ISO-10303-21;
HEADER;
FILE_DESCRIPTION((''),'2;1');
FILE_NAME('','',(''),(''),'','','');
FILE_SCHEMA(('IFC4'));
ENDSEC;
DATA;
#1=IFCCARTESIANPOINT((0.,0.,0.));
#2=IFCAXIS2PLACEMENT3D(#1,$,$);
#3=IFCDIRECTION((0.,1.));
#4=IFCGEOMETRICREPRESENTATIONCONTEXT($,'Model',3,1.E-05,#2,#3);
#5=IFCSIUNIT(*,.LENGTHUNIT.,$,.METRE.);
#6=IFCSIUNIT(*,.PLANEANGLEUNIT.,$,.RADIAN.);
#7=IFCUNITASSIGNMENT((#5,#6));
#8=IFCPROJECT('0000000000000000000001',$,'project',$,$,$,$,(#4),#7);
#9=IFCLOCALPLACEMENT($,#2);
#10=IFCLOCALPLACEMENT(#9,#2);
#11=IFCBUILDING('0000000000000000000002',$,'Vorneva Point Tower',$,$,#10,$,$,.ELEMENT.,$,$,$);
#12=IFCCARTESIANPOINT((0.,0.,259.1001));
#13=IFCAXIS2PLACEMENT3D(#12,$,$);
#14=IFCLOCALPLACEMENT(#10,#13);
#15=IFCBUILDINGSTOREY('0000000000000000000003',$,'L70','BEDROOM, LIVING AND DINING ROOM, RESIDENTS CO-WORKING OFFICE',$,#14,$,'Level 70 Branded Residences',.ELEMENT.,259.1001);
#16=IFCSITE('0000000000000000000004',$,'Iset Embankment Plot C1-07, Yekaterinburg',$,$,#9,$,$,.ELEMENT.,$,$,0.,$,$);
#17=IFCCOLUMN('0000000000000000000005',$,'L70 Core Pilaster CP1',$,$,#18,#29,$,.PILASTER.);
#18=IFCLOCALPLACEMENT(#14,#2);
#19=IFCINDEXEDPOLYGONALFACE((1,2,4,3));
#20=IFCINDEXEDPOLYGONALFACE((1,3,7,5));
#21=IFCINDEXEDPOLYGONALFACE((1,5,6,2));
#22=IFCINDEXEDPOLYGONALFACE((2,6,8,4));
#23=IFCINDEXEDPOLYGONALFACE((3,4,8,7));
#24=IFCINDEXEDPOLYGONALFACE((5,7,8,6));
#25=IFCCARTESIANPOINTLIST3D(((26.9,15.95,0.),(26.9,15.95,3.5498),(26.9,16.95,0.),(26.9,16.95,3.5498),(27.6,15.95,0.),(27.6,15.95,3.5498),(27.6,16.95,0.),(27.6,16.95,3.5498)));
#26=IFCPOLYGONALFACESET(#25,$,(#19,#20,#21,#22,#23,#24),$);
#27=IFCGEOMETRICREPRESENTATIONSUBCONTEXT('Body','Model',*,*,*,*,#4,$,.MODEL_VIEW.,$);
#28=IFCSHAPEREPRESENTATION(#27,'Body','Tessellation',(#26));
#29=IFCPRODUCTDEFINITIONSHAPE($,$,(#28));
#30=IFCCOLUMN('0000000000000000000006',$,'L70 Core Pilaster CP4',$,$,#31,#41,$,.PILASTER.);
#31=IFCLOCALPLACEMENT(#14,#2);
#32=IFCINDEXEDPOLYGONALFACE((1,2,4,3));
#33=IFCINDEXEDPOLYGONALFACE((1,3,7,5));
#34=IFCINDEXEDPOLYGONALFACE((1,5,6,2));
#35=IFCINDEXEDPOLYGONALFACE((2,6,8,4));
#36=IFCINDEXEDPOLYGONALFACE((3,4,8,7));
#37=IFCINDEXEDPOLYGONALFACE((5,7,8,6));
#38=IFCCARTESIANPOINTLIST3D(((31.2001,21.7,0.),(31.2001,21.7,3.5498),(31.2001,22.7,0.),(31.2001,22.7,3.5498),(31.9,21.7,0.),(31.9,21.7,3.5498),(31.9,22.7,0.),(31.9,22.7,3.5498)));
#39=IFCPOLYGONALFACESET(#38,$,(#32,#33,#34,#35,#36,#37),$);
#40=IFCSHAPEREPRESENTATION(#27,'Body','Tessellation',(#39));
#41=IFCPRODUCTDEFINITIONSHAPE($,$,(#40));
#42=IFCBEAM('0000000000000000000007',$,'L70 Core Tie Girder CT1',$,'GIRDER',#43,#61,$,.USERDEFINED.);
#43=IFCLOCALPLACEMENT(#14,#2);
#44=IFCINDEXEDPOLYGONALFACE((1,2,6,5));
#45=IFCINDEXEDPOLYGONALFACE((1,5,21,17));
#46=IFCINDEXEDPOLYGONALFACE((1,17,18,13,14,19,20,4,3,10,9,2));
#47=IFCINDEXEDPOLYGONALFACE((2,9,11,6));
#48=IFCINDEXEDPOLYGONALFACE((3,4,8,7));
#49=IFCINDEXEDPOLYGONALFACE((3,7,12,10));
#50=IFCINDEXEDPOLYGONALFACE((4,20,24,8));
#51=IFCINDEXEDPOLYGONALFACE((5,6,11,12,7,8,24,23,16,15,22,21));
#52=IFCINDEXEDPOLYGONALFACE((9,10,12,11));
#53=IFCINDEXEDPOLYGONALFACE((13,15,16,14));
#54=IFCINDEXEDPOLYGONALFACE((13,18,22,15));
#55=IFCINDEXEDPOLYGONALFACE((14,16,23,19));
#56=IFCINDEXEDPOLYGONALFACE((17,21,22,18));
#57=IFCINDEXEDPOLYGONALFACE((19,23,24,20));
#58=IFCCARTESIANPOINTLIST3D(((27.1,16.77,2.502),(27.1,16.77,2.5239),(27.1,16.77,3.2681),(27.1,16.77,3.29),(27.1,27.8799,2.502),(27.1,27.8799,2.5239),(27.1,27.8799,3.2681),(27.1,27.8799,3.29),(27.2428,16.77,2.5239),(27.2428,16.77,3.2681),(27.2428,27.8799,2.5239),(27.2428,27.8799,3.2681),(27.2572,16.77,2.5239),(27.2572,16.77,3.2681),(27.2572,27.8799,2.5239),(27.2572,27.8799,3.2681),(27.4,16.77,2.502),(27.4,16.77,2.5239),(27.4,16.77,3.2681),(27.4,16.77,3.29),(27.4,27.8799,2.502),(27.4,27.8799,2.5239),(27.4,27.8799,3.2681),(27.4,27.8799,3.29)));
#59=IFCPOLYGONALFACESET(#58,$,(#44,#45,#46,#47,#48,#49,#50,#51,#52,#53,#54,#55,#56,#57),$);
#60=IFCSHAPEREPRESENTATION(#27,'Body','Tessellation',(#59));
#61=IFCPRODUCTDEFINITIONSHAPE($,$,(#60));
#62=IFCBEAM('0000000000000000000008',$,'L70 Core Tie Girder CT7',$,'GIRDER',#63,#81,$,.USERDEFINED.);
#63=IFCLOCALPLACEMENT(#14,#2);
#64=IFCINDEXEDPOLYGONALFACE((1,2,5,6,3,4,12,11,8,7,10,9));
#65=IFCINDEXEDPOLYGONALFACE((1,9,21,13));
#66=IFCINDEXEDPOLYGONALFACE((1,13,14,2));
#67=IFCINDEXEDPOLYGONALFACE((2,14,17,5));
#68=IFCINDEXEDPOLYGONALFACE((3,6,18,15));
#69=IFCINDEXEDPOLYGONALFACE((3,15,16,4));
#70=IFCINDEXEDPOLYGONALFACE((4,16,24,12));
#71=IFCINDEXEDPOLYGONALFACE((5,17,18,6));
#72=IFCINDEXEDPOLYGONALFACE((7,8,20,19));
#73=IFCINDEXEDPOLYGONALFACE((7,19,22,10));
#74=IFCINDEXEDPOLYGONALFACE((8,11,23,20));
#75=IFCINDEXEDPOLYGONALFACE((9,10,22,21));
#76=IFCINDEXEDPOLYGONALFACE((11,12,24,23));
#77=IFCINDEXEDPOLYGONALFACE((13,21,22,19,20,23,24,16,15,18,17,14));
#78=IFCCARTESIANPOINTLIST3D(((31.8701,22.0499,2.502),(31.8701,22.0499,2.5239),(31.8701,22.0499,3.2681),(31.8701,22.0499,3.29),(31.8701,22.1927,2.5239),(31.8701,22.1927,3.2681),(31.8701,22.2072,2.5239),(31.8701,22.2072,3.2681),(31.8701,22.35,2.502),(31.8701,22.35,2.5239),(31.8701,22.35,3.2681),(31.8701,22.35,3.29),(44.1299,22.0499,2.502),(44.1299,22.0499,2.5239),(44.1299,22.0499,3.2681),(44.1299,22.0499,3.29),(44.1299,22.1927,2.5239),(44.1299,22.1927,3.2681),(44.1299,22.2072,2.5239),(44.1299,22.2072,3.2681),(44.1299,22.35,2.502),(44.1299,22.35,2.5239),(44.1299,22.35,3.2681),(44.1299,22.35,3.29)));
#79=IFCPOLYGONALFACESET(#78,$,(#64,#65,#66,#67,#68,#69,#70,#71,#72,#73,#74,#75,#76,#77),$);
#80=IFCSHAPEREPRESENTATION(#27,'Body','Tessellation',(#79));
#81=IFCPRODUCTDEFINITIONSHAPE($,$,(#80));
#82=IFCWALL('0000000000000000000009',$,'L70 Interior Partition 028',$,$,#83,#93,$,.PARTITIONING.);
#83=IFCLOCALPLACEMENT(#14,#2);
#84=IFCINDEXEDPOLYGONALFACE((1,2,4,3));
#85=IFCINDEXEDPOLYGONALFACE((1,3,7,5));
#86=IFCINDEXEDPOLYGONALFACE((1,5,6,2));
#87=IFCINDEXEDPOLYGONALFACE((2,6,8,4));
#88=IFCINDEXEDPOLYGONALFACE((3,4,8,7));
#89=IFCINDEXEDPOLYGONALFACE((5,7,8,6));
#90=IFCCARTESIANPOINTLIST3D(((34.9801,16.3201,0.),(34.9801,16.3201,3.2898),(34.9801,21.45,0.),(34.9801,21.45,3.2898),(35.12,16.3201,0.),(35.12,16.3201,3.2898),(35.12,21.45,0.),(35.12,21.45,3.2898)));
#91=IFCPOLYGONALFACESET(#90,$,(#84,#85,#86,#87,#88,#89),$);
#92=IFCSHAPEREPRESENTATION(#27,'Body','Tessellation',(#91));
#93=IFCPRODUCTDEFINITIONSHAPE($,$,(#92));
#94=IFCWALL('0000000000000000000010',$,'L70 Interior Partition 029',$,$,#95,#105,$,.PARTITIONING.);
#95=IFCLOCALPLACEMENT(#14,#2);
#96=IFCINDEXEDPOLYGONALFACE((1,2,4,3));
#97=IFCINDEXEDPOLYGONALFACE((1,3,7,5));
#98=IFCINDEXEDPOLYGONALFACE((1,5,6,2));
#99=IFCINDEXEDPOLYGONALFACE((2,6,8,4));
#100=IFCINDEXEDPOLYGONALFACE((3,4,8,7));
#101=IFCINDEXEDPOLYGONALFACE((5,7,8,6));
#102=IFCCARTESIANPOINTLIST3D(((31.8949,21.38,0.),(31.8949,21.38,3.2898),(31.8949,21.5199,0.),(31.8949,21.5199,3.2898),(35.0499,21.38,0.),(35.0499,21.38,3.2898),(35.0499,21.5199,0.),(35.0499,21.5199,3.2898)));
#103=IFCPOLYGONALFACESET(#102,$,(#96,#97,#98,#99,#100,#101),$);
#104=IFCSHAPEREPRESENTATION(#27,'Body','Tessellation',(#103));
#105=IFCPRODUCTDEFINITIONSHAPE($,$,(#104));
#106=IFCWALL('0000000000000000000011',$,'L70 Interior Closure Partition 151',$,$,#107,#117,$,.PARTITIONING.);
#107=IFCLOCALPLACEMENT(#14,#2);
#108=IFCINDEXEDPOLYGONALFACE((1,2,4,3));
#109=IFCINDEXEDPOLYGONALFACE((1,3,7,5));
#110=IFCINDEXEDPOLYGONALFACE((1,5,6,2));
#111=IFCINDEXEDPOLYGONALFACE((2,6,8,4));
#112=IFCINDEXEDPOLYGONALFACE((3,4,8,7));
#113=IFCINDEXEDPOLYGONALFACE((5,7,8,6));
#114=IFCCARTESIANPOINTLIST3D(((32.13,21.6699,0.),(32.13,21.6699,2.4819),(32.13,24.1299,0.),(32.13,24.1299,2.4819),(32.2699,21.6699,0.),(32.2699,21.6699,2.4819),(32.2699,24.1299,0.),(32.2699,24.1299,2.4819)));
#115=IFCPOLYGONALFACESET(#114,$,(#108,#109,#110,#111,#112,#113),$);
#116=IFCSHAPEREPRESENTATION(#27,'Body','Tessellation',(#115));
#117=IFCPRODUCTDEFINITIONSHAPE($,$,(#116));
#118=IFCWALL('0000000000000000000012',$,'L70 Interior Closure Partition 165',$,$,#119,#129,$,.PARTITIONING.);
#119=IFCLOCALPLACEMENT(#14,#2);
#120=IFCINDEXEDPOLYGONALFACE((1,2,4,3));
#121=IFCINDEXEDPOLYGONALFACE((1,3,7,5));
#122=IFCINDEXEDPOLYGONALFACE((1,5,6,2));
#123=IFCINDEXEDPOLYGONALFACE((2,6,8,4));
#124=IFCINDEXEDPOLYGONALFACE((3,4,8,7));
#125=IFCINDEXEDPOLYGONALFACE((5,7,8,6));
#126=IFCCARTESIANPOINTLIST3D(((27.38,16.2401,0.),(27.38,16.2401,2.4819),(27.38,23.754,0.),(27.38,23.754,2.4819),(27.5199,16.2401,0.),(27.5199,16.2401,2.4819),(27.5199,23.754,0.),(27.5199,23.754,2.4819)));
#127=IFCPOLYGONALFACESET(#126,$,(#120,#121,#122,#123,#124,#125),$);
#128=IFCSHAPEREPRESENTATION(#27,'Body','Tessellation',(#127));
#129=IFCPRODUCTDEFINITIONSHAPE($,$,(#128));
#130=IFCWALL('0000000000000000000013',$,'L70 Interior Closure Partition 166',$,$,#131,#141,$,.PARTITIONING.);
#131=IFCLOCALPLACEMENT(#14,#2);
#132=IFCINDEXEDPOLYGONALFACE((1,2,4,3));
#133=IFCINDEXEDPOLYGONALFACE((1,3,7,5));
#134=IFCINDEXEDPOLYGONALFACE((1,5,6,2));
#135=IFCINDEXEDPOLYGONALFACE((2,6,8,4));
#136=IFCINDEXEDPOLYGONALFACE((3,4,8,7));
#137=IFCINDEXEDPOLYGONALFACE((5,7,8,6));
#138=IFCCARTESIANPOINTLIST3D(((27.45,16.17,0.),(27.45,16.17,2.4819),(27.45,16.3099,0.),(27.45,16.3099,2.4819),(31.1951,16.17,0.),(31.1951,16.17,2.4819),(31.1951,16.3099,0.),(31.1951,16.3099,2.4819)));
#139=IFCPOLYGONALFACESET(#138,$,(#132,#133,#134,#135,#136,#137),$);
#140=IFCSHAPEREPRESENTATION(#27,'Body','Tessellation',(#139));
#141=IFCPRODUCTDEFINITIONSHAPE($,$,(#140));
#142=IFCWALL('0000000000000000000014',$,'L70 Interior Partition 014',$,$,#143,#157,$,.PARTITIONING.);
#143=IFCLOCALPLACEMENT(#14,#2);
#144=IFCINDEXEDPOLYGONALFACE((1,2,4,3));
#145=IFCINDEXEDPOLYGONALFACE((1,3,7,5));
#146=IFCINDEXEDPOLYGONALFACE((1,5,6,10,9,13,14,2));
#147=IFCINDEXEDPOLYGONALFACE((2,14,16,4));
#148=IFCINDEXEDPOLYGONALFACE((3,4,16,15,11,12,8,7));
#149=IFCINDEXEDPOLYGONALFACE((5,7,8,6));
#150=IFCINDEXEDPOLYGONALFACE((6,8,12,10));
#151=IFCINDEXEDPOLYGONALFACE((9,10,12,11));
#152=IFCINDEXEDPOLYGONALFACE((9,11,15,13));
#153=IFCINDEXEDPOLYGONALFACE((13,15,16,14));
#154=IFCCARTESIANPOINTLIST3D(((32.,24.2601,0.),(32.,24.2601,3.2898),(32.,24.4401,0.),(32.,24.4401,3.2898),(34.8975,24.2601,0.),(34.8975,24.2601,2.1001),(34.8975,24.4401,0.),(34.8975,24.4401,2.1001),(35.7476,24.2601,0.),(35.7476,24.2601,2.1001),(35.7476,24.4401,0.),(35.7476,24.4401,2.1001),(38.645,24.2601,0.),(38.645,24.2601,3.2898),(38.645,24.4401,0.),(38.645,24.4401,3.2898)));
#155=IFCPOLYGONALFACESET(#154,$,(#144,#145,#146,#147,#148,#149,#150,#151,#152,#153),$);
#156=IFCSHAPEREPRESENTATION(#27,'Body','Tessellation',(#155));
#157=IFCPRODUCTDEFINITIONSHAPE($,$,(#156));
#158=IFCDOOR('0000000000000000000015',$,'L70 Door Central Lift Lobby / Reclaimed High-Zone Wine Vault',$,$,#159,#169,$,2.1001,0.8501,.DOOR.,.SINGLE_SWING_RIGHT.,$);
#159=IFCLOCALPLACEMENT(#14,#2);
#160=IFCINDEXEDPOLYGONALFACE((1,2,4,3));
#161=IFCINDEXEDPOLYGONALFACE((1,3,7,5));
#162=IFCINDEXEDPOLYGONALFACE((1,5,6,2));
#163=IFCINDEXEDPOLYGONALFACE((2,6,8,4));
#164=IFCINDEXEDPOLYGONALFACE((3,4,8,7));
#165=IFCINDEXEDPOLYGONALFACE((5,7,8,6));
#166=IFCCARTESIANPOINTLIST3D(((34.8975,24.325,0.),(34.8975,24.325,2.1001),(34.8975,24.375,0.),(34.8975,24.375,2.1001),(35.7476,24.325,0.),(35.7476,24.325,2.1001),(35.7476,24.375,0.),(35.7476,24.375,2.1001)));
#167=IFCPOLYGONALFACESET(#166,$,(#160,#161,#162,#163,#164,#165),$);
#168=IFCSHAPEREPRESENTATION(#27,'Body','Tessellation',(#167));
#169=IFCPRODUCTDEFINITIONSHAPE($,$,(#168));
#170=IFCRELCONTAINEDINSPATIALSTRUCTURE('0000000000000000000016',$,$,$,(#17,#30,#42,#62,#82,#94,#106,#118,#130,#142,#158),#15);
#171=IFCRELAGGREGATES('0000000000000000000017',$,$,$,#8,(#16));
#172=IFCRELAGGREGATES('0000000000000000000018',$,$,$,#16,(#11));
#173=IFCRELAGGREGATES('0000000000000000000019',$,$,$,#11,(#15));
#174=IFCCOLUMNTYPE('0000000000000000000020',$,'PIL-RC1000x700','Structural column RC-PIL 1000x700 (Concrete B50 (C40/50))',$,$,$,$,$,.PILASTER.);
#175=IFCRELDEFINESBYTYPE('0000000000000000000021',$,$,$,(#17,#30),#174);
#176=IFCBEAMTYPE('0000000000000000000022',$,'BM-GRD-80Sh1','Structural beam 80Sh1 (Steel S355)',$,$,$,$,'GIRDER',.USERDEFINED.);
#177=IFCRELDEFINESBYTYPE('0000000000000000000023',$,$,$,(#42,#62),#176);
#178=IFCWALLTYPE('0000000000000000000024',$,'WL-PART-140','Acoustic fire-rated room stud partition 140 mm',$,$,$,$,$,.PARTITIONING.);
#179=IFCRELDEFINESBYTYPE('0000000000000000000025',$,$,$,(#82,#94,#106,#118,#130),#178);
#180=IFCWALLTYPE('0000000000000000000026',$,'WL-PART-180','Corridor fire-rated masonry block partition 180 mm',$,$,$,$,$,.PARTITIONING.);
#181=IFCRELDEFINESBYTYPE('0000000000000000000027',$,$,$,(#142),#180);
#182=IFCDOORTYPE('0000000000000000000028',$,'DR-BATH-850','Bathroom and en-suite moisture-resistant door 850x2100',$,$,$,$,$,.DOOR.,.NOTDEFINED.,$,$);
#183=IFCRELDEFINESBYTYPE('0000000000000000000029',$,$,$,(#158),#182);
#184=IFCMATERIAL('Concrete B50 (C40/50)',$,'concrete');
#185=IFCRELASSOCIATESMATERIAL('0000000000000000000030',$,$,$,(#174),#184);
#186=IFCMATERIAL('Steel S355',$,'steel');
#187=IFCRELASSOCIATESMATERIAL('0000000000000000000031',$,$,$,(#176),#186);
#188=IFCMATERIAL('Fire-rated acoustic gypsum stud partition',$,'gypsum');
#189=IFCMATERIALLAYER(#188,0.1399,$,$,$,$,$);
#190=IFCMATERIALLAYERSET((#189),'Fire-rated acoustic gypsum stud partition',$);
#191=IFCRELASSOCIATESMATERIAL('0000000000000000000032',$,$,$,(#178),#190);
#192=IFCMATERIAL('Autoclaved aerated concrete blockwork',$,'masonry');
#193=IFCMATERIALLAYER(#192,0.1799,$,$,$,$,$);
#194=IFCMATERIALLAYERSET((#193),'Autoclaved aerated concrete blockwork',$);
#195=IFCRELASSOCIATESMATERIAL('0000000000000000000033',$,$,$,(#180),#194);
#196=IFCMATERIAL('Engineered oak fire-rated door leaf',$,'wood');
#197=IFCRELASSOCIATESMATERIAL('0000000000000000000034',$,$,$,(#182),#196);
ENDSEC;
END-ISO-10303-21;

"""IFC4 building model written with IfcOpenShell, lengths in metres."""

from ifc_helpers import new_model, si_unit, direction, frame, frame_2d, origin, origin_2d, place, context, subcontext, project, spatial, rectangle, i_section, extrude, material, layer, layer_set, material_profile, profile_set, type_object, element, fill, save


model = new_model("IFC4")

# Units and contexts
model_context = context("Model", 3, precision=1e-05, world=origin(), true_north=direction((0.0, 1.0)))
body_context = subcontext(model_context, "Body", "Model", "MODEL_VIEW")
ifc_project = project(units=[si_unit("LENGTHUNIT", "METRE"), si_unit("PLANEANGLEUNIT", "RADIAN")], contexts=[model_context])

# Site, building, storey
site_placement = place(None, origin())
site = spatial("IfcSite", under=ifc_project, at=site_placement, Name="Iset Embankment Plot C1-07, Yekaterinburg", CompositionType="ELEMENT", RefElevation=0.0)
building_placement = place(site_placement, origin())
building = spatial("IfcBuilding", under=site, at=building_placement, Name="Vorneva Point Tower", CompositionType="ELEMENT")
storey_placement = place(building_placement, frame((0.0, 0.0, 259.1001)))
storey = spatial("IfcBuildingStorey", under=building, at=storey_placement, Name="L70", Description="BEDROOM, LIVING AND DINING ROOM, RESIDENTS CO-WORKING OFFICE", LongName="Level 70 Branded Residences", CompositionType="ELEMENT", Elevation=259.1001)

# Columns
ifc_material_1 = material(Name="Concrete B50 (C40/50)", Category="concrete")
ifc_material_profile_1 = material_profile(ifc_material_1, rectangle(XDim=0.7, YDim=1.0, at=origin_2d()), Name="RC-PIL 1000x700")
ifc_profile_set_1 = profile_set([ifc_material_profile_1], Name="Concrete B50 (C40/50)")
column_type = type_object("IfcColumnType", Name="PIL-RC1000x700", Description="Structural column RC-PIL 1000x700 (Concrete B50 (C40/50))", PredefinedType="PILASTER", material=ifc_profile_set_1)
for number, where, z_axis, x_axis, name in (
    (1, (27.25, 16.45, 0.0), (0.0, 0.0, 1.0), (1.0, 0.0, 0.0), "L70 Core Pilaster CP1"),
    (2, (31.55, 22.2, 0.0), (0.0, 0.0, 1.0), (1.0, 0.0, 0.0), "L70 Core Pilaster CP4"),
):
    element("IfcColumn", number, at=place(storey_placement, frame(where, z_axis=z_axis, x_axis=x_axis)), inside=storey, type_object=column_type, Name=name, PredefinedType="PILASTER", context=body_context, shape_type="SweptSolid", body=[
        extrude(rectangle(XDim=0.7, YDim=1.0, at=origin_2d()), origin(), (0.0, 0.0, 1.0), 3.5498),
    ])

# Beams
ifc_material_2 = material(Name="Steel S355", Category="steel")
ifc_material_profile_2 = material_profile(ifc_material_2, i_section(OverallWidth=0.3, OverallDepth=0.7881, WebThickness=0.0144, FlangeThickness=0.022, at=origin_2d()), Name="80Sh1")
ifc_profile_set_2 = profile_set([ifc_material_profile_2], Name="Steel S355")
beam_type = type_object("IfcBeamType", Name="BM-GRD-80Sh1", Description="Structural beam 80Sh1 (Steel S355)", ElementType="GIRDER", PredefinedType="USERDEFINED", material=ifc_profile_set_2)
beam_1_placement = place(storey_placement, frame((27.25, 16.77, 2.896), z_axis=(0.0, 1.0, 0.0), x_axis=(-1.0, 0.0, 0.0)))
element("IfcBeam", 3, at=beam_1_placement, inside=storey, type_object=beam_type, Name="L70 Core Tie Girder CT1", ObjectType="GIRDER", PredefinedType="USERDEFINED", context=body_context, shape_type="SweptSolid", body=[
    extrude(i_section(OverallWidth=0.3, OverallDepth=0.7881, WebThickness=0.0144, FlangeThickness=0.022, at=origin_2d()), origin(), (0.0, 0.0, 1.0), 11.1099),
])
beam_2_placement = place(storey_placement, frame((31.8701, 22.2, 2.896), z_axis=(1.0, 0.0, 0.0), x_axis=(0.0, 1.0, 0.0)))
element("IfcBeam", 4, at=beam_2_placement, inside=storey, type_object=beam_type, Name="L70 Core Tie Girder CT7", ObjectType="GIRDER", PredefinedType="USERDEFINED", context=body_context, shape_type="SweptSolid", body=[
    extrude(i_section(OverallWidth=0.3, OverallDepth=0.7881, WebThickness=0.0144, FlangeThickness=0.022, at=origin_2d()), origin(), (0.0, 0.0, 1.0), 12.2598),
])

# Walls
ifc_material_3 = material(Name="Fire-rated acoustic gypsum stud partition", Category="gypsum")
ifc_layer_1 = layer(ifc_material_3, 0.1399)
ifc_layer_set_1 = layer_set([ifc_layer_1], Name="Fire-rated acoustic gypsum stud partition")
wall_type_1 = type_object("IfcWallType", Name="WL-PART-140", Description="Acoustic fire-rated room stud partition 140 mm", PredefinedType="PARTITIONING", material=ifc_layer_set_1)
wall_1_placement = place(storey_placement, frame((35.05, 16.3201, 0.0), z_axis=(0.0, 0.0, 1.0), x_axis=(0.0, 1.0, 0.0)))
element("IfcWall", 5, at=wall_1_placement, inside=storey, type_object=wall_type_1, Name="L70 Interior Partition 028", PredefinedType="PARTITIONING", context=body_context, shape_type="SweptSolid", body=[
    extrude(rectangle(XDim=5.1299, YDim=0.1399, at=frame_2d((2.5649, 0.0))), origin(), (0.0, 0.0, 1.0), 3.2898),
])
wall_2_placement = place(storey_placement, frame((35.05, 21.45, 0.0), z_axis=(0.0, 0.0, 1.0), x_axis=(-1.0, 0.0, 0.0)))
element("IfcWall", 6, at=wall_2_placement, inside=storey, type_object=wall_type_1, Name="L70 Interior Partition 029", PredefinedType="PARTITIONING", context=body_context, shape_type="SweptSolid", body=[
    extrude(rectangle(XDim=3.155, YDim=0.1399, at=frame_2d((1.5776, 0.0))), origin(), (0.0, 0.0, 1.0), 3.2898),
])
wall_3_placement = place(storey_placement, frame((32.2, 24.1299, 0.0), z_axis=(0.0, 0.0, 1.0), x_axis=(0.0, -1.0, 0.0)))
element("IfcWall", 7, at=wall_3_placement, inside=storey, type_object=wall_type_1, Name="L70 Interior Closure Partition 151", PredefinedType="PARTITIONING", context=body_context, shape_type="SweptSolid", body=[
    extrude(rectangle(XDim=2.46, YDim=0.1399, at=frame_2d((1.23, 0.0))), origin(), (0.0, 0.0, 1.0), 2.4819),
])
wall_4_placement = place(storey_placement, frame((27.45, 23.7539, 0.0), z_axis=(0.0, 0.0, 1.0), x_axis=(0.0, -1.0, 0.0)))
element("IfcWall", 8, at=wall_4_placement, inside=storey, type_object=wall_type_1, Name="L70 Interior Closure Partition 165", PredefinedType="PARTITIONING", context=body_context, shape_type="SweptSolid", body=[
    extrude(rectangle(XDim=7.5139, YDim=0.1399, at=frame_2d((3.7568, 0.0))), origin(), (0.0, 0.0, 1.0), 2.4819),
])
wall_5_placement = place(storey_placement, frame((27.45, 16.24, 0.0), z_axis=(0.0, 0.0, 1.0), x_axis=(1.0, 0.0, 0.0)))
element("IfcWall", 9, at=wall_5_placement, inside=storey, type_object=wall_type_1, Name="L70 Interior Closure Partition 166", PredefinedType="PARTITIONING", context=body_context, shape_type="SweptSolid", body=[
    extrude(rectangle(XDim=3.7451, YDim=0.1399, at=frame_2d((1.8726, 0.0))), origin(), (0.0, 0.0, 1.0), 2.4819),
])

# Wall, opening, door
ifc_material_4 = material(Name="Autoclaved aerated concrete blockwork", Category="masonry")
ifc_layer_2 = layer(ifc_material_4, 0.1799)
ifc_layer_set_2 = layer_set([ifc_layer_2], Name="Autoclaved aerated concrete blockwork")
wall_type_2 = type_object("IfcWallType", Name="WL-PART-180", Description="Corridor fire-rated masonry block partition 180 mm", PredefinedType="PARTITIONING", material=ifc_layer_set_2)
wall_6_placement = place(storey_placement, frame((32.0, 24.3501, 0.0), z_axis=(0.0, 0.0, 1.0), x_axis=(1.0, 0.0, 0.0)))
wall_6 = element("IfcWall", 10, at=wall_6_placement, inside=storey, type_object=wall_type_2, Name="L70 Interior Partition 014", PredefinedType="PARTITIONING", context=body_context, shape_type="SweptSolid", body=[
    extrude(rectangle(XDim=6.645, YDim=0.1799, at=frame_2d((3.3225, 0.0))), origin(), (0.0, 0.0, 1.0), 3.2898),
])
opening_1_placement = place(wall_6_placement, frame((2.8975, 0.0, 0.0)))
opening_1 = element("IfcOpeningElement", 11, at=opening_1_placement, cuts=wall_6, PredefinedType="OPENING", context=body_context, shape_type="SweptSolid", body=[
    extrude(rectangle(XDim=0.8501, YDim=2.1001, at=frame_2d((0.425, 1.05))), frame((0.0, 0.105, 0.0), z_axis=(0.0, -1.0, 0.0), x_axis=(1.0, 0.0, 0.0)), (0.0, 0.0, 1.0), 0.2097),
])
ifc_material_5 = material(Name="Engineered oak fire-rated door leaf", Category="wood")
door_type_1 = type_object("IfcDoorType", Name="DR-BATH-850", Description="Bathroom and en-suite moisture-resistant door 850x2100", OperationType="NOTDEFINED", PredefinedType="DOOR", material=ifc_material_5)
door_1_placement = place(opening_1_placement, origin())
door_1 = element("IfcDoor", 12, at=door_1_placement, inside=storey, type_object=door_type_1, Name="L70 Door Central Lift Lobby / Reclaimed High-Zone Wine Vault", OperationType="SINGLE_SWING_RIGHT", OverallHeight=2.1001, OverallWidth=0.8501, PredefinedType="DOOR", context=body_context, shape_type="SweptSolid", body=[
    extrude(rectangle(XDim=0.8501, YDim=2.1001, at=frame_2d((0.425, 1.05))), frame((0.0, 0.0249, 0.0), z_axis=(0.0, -1.0, 0.0), x_axis=(1.0, 0.0, 0.0)), (0.0, 0.0, 1.0), 0.05),
])
fill(opening_1, door_1)

save(model, "model.ifc")
